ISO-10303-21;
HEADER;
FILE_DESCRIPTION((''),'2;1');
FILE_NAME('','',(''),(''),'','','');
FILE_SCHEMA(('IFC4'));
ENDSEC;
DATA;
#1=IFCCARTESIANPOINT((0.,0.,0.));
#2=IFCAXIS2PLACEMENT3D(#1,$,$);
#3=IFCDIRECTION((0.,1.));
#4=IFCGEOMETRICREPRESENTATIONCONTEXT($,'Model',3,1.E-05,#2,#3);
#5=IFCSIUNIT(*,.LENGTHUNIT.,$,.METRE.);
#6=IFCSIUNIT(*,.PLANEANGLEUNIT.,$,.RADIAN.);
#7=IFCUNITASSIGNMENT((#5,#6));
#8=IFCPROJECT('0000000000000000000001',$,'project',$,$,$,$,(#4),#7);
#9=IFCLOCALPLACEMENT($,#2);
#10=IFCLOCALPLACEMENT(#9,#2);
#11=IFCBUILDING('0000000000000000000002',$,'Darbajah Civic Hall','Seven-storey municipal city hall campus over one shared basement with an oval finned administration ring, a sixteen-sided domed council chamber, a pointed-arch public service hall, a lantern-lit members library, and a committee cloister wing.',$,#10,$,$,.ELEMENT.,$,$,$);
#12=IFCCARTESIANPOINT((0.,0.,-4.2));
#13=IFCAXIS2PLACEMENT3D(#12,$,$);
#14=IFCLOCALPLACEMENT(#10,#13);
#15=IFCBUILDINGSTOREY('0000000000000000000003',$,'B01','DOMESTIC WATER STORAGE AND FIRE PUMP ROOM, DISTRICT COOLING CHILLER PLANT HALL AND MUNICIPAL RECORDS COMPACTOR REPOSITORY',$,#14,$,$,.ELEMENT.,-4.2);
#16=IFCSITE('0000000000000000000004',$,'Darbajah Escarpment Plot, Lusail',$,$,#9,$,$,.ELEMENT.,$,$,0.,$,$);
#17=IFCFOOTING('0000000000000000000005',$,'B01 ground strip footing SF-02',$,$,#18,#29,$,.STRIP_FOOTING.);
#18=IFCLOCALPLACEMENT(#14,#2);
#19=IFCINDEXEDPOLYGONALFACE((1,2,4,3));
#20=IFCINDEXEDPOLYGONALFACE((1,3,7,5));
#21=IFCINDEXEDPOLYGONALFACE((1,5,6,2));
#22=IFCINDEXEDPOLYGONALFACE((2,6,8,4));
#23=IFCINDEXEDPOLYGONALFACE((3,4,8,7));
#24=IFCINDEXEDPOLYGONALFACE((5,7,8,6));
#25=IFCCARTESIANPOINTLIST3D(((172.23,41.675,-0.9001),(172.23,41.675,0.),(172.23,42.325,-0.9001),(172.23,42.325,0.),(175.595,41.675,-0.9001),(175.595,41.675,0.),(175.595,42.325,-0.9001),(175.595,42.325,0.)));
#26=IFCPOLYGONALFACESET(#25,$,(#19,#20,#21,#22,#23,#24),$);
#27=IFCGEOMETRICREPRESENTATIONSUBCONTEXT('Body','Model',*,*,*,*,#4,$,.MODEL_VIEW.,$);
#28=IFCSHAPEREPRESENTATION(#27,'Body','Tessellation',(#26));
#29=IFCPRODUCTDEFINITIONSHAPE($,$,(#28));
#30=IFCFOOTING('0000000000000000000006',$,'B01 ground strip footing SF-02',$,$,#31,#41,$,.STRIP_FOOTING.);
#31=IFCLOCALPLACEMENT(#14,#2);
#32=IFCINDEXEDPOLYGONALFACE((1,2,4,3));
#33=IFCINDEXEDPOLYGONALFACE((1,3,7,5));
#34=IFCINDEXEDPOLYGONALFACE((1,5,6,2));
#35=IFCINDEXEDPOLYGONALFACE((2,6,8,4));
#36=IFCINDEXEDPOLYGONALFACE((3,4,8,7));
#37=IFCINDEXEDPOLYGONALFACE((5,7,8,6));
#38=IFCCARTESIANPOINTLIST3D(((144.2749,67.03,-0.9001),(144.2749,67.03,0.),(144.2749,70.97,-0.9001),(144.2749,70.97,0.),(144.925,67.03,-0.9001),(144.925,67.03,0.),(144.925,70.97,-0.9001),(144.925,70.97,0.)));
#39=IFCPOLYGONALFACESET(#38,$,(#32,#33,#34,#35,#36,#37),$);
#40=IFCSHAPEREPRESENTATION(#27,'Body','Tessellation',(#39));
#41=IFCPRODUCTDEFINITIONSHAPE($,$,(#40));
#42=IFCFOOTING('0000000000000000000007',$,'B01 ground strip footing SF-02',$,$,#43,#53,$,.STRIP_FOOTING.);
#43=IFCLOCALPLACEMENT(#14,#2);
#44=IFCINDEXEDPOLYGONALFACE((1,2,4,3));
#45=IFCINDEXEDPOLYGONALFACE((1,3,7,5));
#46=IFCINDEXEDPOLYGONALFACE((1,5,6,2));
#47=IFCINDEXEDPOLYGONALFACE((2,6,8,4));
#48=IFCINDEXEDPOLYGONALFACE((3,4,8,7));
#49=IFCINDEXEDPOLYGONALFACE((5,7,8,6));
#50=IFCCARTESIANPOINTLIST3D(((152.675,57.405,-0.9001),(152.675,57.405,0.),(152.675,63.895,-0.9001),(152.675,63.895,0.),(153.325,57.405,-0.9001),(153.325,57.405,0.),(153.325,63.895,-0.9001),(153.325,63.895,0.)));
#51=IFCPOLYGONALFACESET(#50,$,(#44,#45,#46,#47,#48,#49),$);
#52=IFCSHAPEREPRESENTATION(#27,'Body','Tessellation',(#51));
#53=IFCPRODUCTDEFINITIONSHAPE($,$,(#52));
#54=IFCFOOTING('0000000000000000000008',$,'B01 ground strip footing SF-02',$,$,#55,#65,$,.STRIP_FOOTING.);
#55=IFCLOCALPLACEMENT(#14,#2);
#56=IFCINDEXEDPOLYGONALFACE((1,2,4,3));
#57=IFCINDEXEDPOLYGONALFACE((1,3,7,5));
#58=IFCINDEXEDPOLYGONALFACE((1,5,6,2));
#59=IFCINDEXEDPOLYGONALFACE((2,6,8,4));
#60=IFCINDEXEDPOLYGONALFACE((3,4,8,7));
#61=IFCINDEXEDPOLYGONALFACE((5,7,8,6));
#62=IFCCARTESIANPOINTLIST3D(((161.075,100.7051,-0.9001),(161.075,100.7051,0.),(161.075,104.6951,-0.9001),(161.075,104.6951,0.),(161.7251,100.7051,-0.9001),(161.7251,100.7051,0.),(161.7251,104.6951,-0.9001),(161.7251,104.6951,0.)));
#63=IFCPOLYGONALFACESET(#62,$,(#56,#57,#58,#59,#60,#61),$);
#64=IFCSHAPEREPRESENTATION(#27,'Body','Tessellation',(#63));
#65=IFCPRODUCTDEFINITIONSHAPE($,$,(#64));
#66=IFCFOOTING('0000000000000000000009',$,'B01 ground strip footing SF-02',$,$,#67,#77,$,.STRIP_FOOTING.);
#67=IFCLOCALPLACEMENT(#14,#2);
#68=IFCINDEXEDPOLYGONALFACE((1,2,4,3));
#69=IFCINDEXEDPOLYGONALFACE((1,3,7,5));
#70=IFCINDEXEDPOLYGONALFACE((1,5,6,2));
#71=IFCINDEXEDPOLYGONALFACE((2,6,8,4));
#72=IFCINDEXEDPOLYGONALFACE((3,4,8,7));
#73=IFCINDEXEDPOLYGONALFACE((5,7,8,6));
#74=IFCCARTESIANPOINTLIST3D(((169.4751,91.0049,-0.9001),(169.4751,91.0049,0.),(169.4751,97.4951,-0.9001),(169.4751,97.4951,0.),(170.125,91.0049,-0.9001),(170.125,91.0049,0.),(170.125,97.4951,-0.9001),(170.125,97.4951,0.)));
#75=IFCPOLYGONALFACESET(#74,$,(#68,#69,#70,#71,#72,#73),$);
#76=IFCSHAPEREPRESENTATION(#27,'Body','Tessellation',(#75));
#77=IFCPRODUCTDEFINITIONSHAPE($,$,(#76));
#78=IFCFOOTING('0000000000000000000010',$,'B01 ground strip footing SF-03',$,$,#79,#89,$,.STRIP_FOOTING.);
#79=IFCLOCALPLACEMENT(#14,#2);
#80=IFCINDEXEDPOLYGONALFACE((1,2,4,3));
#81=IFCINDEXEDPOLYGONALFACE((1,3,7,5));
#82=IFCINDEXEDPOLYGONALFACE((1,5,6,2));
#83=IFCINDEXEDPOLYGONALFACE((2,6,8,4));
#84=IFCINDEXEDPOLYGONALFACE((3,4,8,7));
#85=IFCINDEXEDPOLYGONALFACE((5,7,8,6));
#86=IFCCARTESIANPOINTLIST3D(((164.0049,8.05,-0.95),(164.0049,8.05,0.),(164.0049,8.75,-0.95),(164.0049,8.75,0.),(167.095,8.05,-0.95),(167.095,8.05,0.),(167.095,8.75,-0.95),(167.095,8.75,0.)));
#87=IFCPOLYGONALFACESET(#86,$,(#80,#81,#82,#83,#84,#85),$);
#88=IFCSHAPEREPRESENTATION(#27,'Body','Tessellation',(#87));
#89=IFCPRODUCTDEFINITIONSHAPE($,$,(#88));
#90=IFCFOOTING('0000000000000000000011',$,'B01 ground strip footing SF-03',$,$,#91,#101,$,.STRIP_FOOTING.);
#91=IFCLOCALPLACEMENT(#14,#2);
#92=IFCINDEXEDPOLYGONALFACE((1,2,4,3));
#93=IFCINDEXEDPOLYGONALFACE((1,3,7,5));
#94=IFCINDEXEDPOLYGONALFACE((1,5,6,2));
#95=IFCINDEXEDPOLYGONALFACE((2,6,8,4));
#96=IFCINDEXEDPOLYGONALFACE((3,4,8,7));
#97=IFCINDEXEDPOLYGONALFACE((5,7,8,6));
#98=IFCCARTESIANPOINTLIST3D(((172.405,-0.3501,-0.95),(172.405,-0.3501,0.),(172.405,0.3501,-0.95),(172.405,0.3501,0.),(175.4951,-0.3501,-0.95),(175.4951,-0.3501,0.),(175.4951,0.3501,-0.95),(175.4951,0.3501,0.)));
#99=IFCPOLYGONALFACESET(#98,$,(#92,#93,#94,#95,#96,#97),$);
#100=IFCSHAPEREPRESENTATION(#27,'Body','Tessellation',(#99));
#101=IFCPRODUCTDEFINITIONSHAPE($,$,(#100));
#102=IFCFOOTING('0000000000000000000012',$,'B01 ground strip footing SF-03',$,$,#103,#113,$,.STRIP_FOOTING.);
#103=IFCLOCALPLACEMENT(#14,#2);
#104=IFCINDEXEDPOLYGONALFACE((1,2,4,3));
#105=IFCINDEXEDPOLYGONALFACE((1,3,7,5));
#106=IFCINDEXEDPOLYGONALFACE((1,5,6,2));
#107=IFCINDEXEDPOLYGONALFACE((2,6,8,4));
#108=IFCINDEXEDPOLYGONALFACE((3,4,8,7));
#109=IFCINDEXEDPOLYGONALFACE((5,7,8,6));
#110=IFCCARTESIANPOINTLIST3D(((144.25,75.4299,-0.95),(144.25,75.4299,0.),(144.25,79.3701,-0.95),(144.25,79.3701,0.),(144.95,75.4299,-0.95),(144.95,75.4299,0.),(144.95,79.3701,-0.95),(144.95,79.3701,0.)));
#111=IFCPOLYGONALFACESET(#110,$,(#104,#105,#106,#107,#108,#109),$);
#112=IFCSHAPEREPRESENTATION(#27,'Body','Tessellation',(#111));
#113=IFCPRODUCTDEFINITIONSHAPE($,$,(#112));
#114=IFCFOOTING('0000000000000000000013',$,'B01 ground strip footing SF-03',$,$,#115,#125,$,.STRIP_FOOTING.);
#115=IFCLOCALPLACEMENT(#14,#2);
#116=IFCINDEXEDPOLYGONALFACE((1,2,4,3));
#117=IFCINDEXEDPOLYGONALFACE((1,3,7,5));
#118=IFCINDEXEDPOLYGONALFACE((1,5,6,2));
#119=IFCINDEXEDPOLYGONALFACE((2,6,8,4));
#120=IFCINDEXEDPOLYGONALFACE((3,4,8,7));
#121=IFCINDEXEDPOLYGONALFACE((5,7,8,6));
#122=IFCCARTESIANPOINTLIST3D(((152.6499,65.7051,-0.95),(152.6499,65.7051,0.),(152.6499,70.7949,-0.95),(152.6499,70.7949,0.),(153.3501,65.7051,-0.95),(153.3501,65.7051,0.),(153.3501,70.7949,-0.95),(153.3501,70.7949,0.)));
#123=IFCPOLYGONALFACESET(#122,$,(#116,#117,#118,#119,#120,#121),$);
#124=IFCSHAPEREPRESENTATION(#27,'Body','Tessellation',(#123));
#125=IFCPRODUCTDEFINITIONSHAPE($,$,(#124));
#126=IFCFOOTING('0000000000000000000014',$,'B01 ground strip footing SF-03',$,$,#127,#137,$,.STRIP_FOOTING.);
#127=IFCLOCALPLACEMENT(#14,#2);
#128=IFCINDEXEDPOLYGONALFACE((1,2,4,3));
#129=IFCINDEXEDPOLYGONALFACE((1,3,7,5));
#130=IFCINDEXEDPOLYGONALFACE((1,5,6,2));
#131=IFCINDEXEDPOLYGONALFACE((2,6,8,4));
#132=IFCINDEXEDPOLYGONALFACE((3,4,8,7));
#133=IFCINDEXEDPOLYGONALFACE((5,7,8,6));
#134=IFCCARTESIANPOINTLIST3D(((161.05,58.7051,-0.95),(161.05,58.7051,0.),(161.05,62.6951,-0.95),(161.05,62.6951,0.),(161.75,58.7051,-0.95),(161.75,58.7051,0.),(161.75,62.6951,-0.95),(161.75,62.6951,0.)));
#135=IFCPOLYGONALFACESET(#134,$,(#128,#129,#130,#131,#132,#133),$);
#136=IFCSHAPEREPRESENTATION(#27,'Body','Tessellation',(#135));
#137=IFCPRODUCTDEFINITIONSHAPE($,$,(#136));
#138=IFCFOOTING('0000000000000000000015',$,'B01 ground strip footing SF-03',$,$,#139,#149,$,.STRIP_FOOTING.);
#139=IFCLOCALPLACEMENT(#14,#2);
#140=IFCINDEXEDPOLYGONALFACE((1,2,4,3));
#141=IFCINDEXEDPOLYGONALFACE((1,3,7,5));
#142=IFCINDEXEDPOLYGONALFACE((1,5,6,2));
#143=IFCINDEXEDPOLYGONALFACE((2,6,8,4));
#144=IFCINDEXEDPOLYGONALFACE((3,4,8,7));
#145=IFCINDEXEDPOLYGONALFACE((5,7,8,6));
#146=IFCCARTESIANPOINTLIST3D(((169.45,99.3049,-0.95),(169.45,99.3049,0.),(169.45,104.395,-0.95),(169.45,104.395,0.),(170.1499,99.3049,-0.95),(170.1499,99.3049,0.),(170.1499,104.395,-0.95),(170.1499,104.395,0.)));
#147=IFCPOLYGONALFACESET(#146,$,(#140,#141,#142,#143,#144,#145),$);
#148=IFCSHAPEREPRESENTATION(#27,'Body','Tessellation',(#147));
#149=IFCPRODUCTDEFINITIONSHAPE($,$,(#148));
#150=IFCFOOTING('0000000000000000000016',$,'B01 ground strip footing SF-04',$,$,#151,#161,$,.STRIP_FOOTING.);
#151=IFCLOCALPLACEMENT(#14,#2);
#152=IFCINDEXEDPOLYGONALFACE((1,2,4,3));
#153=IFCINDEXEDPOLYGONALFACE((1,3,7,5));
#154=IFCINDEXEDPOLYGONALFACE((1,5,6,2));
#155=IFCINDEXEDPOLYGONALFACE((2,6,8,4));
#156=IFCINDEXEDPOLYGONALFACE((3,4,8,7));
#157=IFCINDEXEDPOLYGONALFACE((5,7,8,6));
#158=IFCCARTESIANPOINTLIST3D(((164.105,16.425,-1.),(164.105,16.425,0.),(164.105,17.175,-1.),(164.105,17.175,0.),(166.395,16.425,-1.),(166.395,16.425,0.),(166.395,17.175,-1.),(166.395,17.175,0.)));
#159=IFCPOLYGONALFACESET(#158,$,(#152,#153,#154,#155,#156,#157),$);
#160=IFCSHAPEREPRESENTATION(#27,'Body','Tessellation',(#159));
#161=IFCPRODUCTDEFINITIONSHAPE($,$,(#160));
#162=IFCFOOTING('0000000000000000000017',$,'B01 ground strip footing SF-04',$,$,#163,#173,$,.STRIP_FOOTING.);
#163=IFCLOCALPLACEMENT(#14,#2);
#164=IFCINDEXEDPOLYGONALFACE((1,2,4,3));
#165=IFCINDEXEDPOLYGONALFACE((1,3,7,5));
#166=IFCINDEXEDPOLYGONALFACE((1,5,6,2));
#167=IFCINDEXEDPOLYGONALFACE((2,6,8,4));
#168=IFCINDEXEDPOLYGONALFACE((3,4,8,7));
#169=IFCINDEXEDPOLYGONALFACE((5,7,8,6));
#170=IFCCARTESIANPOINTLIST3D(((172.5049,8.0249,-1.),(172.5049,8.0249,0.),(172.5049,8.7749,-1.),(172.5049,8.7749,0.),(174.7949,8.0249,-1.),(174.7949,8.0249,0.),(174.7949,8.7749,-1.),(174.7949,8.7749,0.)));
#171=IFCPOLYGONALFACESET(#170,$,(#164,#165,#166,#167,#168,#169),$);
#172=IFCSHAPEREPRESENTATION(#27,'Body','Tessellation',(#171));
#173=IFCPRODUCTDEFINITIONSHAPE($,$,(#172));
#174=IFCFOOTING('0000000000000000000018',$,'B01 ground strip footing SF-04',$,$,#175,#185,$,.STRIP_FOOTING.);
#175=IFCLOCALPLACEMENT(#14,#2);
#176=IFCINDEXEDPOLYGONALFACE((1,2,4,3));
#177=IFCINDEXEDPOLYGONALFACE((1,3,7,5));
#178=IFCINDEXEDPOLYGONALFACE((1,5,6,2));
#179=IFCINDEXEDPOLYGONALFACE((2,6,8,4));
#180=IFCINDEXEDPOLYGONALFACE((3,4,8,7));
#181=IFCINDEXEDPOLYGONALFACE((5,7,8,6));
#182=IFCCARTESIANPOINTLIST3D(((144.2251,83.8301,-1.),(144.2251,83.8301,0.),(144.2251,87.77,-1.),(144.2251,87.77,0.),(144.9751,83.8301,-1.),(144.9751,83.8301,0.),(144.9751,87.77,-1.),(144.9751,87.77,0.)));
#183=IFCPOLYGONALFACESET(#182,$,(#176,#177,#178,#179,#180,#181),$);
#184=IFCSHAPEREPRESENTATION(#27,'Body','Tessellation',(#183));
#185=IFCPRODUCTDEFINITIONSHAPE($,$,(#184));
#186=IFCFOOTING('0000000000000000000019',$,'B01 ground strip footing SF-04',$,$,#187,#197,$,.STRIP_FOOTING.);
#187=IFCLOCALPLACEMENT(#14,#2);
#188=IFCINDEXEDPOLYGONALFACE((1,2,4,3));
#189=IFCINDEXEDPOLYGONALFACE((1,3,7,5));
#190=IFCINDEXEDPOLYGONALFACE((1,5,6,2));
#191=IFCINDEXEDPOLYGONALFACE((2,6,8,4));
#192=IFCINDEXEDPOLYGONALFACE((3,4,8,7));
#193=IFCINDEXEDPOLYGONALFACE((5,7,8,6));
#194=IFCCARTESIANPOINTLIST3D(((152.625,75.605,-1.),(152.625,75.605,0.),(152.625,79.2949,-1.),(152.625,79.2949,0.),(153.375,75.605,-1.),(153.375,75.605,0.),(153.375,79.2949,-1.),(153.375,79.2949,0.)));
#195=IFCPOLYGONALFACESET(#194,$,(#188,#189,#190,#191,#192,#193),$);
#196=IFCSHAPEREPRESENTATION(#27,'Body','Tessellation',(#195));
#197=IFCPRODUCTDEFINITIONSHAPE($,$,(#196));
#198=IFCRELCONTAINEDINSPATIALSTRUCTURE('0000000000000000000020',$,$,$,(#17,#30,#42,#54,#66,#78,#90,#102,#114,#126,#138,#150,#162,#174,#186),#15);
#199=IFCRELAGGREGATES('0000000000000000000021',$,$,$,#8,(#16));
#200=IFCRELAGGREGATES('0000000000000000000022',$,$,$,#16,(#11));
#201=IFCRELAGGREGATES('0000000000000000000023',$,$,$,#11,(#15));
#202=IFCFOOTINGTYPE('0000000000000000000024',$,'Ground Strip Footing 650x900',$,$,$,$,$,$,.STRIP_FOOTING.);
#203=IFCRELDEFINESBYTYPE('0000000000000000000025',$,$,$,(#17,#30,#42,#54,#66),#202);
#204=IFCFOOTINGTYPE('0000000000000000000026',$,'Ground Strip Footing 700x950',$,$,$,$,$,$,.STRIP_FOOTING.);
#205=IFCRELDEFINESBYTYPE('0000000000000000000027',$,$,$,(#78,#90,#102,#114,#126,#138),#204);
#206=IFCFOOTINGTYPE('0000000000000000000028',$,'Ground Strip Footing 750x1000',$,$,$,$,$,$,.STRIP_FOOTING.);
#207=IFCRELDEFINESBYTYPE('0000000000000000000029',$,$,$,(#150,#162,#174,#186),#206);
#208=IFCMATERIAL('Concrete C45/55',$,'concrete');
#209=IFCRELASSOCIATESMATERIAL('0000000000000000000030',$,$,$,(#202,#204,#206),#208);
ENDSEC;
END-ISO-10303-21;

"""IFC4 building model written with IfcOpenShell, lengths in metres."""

from ifc_helpers import new_model, si_unit, direction, frame, origin, place, context, subcontext, project, spatial, polyline, outline, extrude, material, type_object, element, save


model = new_model("IFC4")

# Units and contexts
model_context = context("Model", 3, precision=1e-05, world=origin(), true_north=direction((0.0, 1.0)))
body_context = subcontext(model_context, "Body", "Model", "MODEL_VIEW")
ifc_project = project(units=[si_unit("LENGTHUNIT", "METRE"), si_unit("PLANEANGLEUNIT", "RADIAN")], contexts=[model_context])

# Site, building, storey
site_placement = place(None, origin())
site = spatial("IfcSite", under=ifc_project, at=site_placement, Name="Darbajah Escarpment Plot, Lusail", CompositionType="ELEMENT", RefElevation=0.0)
building_placement = place(site_placement, origin())
building = spatial("IfcBuilding", under=site, at=building_placement, Name="Darbajah Civic Hall", Description="Seven-storey municipal city hall campus over one shared basement with an oval finned administration ring, a sixteen-sided domed council chamber, a pointed-arch public service hall, a lantern-lit members library, and a committee cloister wing.", CompositionType="ELEMENT")
storey_placement = place(building_placement, frame((0.0, 0.0, -4.2)))
storey = spatial("IfcBuildingStorey", under=building, at=storey_placement, Name="B01", Description="DOMESTIC WATER STORAGE AND FIRE PUMP ROOM, DISTRICT COOLING CHILLER PLANT HALL AND MUNICIPAL RECORDS COMPACTOR REPOSITORY", CompositionType="ELEMENT", Elevation=-4.2)

# Shared definitions
ifc_material = material(Name="Concrete C45/55", Category="concrete")

# Footings
footing_type_1 = type_object("IfcFootingType", Name="Ground Strip Footing 650x900", PredefinedType="STRIP_FOOTING", material=ifc_material)
footing_1_placement = place(storey_placement, frame((0.0, 0.0, -0.9001)))
element("IfcFooting", 1, at=footing_1_placement, inside=storey, type_object=footing_type_1, Name="B01 ground strip footing SF-02", PredefinedType="STRIP_FOOTING", context=body_context, shape_type="SweptSolid", body=[
    extrude(outline(polyline([(172.23, 41.675), (175.595, 41.675), (175.595, 42.325), (172.23, 42.325), (172.23, 41.675)])), origin(), (0.0, 0.0, 1.0), 0.9001),
])
footing_2_placement = place(storey_placement, frame((0.0, 0.0, -0.9001)))
element("IfcFooting", 2, at=footing_2_placement, inside=storey, type_object=footing_type_1, Name="B01 ground strip footing SF-02", PredefinedType="STRIP_FOOTING", context=body_context, shape_type="SweptSolid", body=[
    extrude(outline(polyline([(144.925, 67.03), (144.925, 70.97), (144.2749, 70.97), (144.2749, 67.03), (144.925, 67.03)])), origin(), (0.0, 0.0, 1.0), 0.9001),
])
footing_3_placement = place(storey_placement, frame((0.0, 0.0, -0.9001)))
element("IfcFooting", 3, at=footing_3_placement, inside=storey, type_object=footing_type_1, Name="B01 ground strip footing SF-02", PredefinedType="STRIP_FOOTING", context=body_context, shape_type="SweptSolid", body=[
    extrude(outline(polyline([(153.325, 57.405), (153.325, 63.895), (152.675, 63.895), (152.675, 57.405), (153.325, 57.405)])), origin(), (0.0, 0.0, 1.0), 0.9001),
])
footing_4_placement = place(storey_placement, frame((0.0, 0.0, -0.9001)))
element("IfcFooting", 4, at=footing_4_placement, inside=storey, type_object=footing_type_1, Name="B01 ground strip footing SF-02", PredefinedType="STRIP_FOOTING", context=body_context, shape_type="SweptSolid", body=[
    extrude(outline(polyline([(161.7251, 100.7051), (161.7251, 104.6951), (161.075, 104.6951), (161.075, 100.7051), (161.7251, 100.7051)])), origin(), (0.0, 0.0, 1.0), 0.9001),
])
footing_5_placement = place(storey_placement, frame((0.0, 0.0, -0.9001)))
element("IfcFooting", 5, at=footing_5_placement, inside=storey, type_object=footing_type_1, Name="B01 ground strip footing SF-02", PredefinedType="STRIP_FOOTING", context=body_context, shape_type="SweptSolid", body=[
    extrude(outline(polyline([(170.125, 91.0049), (170.125, 97.4951), (169.4751, 97.4951), (169.4751, 91.0049), (170.125, 91.0049)])), origin(), (0.0, 0.0, 1.0), 0.9001),
])
footing_type_2 = type_object("IfcFootingType", Name="Ground Strip Footing 700x950", PredefinedType="STRIP_FOOTING", material=ifc_material)
footing_6_placement = place(storey_placement, frame((0.0, 0.0, -0.95)))
element("IfcFooting", 6, at=footing_6_placement, inside=storey, type_object=footing_type_2, Name="B01 ground strip footing SF-03", PredefinedType="STRIP_FOOTING", context=body_context, shape_type="SweptSolid", body=[
    extrude(outline(polyline([(164.0049, 8.05), (167.095, 8.05), (167.095, 8.75), (164.0049, 8.75), (164.0049, 8.05)])), origin(), (0.0, 0.0, 1.0), 0.95),
])
footing_7_placement = place(storey_placement, frame((0.0, 0.0, -0.95)))
element("IfcFooting", 7, at=footing_7_placement, inside=storey, type_object=footing_type_2, Name="B01 ground strip footing SF-03", PredefinedType="STRIP_FOOTING", context=body_context, shape_type="SweptSolid", body=[
    extrude(outline(polyline([(172.405, -0.3501), (175.4951, -0.3501), (175.4951, 0.3501), (172.405, 0.3501), (172.405, -0.3501)])), origin(), (0.0, 0.0, 1.0), 0.95),
])
footing_8_placement = place(storey_placement, frame((0.0, 0.0, -0.95)))
element("IfcFooting", 8, at=footing_8_placement, inside=storey, type_object=footing_type_2, Name="B01 ground strip footing SF-03", PredefinedType="STRIP_FOOTING", context=body_context, shape_type="SweptSolid", body=[
    extrude(outline(polyline([(144.95, 75.4299), (144.95, 79.3701), (144.25, 79.3701), (144.25, 75.4299), (144.95, 75.4299)])), origin(), (0.0, 0.0, 1.0), 0.95),
])
footing_9_placement = place(storey_placement, frame((0.0, 0.0, -0.95)))
element("IfcFooting", 9, at=footing_9_placement, inside=storey, type_object=footing_type_2, Name="B01 ground strip footing SF-03", PredefinedType="STRIP_FOOTING", context=body_context, shape_type="SweptSolid", body=[
    extrude(outline(polyline([(153.3501, 65.7051), (153.3501, 70.7949), (152.6499, 70.7949), (152.6499, 65.7051), (153.3501, 65.7051)])), origin(), (0.0, 0.0, 1.0), 0.95),
])
footing_10_placement = place(storey_placement, frame((0.0, 0.0, -0.95)))
element("IfcFooting", 10, at=footing_10_placement, inside=storey, type_object=footing_type_2, Name="B01 ground strip footing SF-03", PredefinedType="STRIP_FOOTING", context=body_context, shape_type="SweptSolid", body=[
    extrude(outline(polyline([(161.75, 58.7051), (161.75, 62.6951), (161.05, 62.6951), (161.05, 58.7051), (161.75, 58.7051)])), origin(), (0.0, 0.0, 1.0), 0.95),
])
footing_11_placement = place(storey_placement, frame((0.0, 0.0, -0.95)))
element("IfcFooting", 11, at=footing_11_placement, inside=storey, type_object=footing_type_2, Name="B01 ground strip footing SF-03", PredefinedType="STRIP_FOOTING", context=body_context, shape_type="SweptSolid", body=[
    extrude(outline(polyline([(170.1499, 99.3049), (170.1499, 104.395), (169.45, 104.395), (169.45, 99.3049), (170.1499, 99.3049)])), origin(), (0.0, 0.0, 1.0), 0.95),
])
footing_type_3 = type_object("IfcFootingType", Name="Ground Strip Footing 750x1000", PredefinedType="STRIP_FOOTING", material=ifc_material)
footing_12_placement = place(storey_placement, frame((0.0, 0.0, -1.0)))
element("IfcFooting", 12, at=footing_12_placement, inside=storey, type_object=footing_type_3, Name="B01 ground strip footing SF-04", PredefinedType="STRIP_FOOTING", context=body_context, shape_type="SweptSolid", body=[
    extrude(outline(polyline([(164.105, 16.425), (166.395, 16.425), (166.395, 17.175), (164.105, 17.175), (164.105, 16.425)])), origin(), (0.0, 0.0, 1.0), 1.0),
])
footing_13_placement = place(storey_placement, frame((0.0, 0.0, -1.0)))
element("IfcFooting", 13, at=footing_13_placement, inside=storey, type_object=footing_type_3, Name="B01 ground strip footing SF-04", PredefinedType="STRIP_FOOTING", context=body_context, shape_type="SweptSolid", body=[
    extrude(outline(polyline([(172.5049, 8.0249), (174.7949, 8.0249), (174.7949, 8.7749), (172.5049, 8.7749), (172.5049, 8.0249)])), origin(), (0.0, 0.0, 1.0), 1.0),
])
footing_14_placement = place(storey_placement, frame((0.0, 0.0, -1.0)))
element("IfcFooting", 14, at=footing_14_placement, inside=storey, type_object=footing_type_3, Name="B01 ground strip footing SF-04", PredefinedType="STRIP_FOOTING", context=body_context, shape_type="SweptSolid", body=[
    extrude(outline(polyline([(144.9751, 83.8301), (144.9751, 87.77), (144.2251, 87.77), (144.2251, 83.8301), (144.9751, 83.8301)])), origin(), (0.0, 0.0, 1.0), 1.0),
])
footing_15_placement = place(storey_placement, frame((0.0, 0.0, -1.0)))
element("IfcFooting", 15, at=footing_15_placement, inside=storey, type_object=footing_type_3, Name="B01 ground strip footing SF-04", PredefinedType="STRIP_FOOTING", context=body_context, shape_type="SweptSolid", body=[
    extrude(outline(polyline([(153.375, 75.605), (153.375, 79.2949), (152.625, 79.2949), (152.625, 75.605), (153.375, 75.605)])), origin(), (0.0, 0.0, 1.0), 1.0),
])

save(model, "model.ifc")
